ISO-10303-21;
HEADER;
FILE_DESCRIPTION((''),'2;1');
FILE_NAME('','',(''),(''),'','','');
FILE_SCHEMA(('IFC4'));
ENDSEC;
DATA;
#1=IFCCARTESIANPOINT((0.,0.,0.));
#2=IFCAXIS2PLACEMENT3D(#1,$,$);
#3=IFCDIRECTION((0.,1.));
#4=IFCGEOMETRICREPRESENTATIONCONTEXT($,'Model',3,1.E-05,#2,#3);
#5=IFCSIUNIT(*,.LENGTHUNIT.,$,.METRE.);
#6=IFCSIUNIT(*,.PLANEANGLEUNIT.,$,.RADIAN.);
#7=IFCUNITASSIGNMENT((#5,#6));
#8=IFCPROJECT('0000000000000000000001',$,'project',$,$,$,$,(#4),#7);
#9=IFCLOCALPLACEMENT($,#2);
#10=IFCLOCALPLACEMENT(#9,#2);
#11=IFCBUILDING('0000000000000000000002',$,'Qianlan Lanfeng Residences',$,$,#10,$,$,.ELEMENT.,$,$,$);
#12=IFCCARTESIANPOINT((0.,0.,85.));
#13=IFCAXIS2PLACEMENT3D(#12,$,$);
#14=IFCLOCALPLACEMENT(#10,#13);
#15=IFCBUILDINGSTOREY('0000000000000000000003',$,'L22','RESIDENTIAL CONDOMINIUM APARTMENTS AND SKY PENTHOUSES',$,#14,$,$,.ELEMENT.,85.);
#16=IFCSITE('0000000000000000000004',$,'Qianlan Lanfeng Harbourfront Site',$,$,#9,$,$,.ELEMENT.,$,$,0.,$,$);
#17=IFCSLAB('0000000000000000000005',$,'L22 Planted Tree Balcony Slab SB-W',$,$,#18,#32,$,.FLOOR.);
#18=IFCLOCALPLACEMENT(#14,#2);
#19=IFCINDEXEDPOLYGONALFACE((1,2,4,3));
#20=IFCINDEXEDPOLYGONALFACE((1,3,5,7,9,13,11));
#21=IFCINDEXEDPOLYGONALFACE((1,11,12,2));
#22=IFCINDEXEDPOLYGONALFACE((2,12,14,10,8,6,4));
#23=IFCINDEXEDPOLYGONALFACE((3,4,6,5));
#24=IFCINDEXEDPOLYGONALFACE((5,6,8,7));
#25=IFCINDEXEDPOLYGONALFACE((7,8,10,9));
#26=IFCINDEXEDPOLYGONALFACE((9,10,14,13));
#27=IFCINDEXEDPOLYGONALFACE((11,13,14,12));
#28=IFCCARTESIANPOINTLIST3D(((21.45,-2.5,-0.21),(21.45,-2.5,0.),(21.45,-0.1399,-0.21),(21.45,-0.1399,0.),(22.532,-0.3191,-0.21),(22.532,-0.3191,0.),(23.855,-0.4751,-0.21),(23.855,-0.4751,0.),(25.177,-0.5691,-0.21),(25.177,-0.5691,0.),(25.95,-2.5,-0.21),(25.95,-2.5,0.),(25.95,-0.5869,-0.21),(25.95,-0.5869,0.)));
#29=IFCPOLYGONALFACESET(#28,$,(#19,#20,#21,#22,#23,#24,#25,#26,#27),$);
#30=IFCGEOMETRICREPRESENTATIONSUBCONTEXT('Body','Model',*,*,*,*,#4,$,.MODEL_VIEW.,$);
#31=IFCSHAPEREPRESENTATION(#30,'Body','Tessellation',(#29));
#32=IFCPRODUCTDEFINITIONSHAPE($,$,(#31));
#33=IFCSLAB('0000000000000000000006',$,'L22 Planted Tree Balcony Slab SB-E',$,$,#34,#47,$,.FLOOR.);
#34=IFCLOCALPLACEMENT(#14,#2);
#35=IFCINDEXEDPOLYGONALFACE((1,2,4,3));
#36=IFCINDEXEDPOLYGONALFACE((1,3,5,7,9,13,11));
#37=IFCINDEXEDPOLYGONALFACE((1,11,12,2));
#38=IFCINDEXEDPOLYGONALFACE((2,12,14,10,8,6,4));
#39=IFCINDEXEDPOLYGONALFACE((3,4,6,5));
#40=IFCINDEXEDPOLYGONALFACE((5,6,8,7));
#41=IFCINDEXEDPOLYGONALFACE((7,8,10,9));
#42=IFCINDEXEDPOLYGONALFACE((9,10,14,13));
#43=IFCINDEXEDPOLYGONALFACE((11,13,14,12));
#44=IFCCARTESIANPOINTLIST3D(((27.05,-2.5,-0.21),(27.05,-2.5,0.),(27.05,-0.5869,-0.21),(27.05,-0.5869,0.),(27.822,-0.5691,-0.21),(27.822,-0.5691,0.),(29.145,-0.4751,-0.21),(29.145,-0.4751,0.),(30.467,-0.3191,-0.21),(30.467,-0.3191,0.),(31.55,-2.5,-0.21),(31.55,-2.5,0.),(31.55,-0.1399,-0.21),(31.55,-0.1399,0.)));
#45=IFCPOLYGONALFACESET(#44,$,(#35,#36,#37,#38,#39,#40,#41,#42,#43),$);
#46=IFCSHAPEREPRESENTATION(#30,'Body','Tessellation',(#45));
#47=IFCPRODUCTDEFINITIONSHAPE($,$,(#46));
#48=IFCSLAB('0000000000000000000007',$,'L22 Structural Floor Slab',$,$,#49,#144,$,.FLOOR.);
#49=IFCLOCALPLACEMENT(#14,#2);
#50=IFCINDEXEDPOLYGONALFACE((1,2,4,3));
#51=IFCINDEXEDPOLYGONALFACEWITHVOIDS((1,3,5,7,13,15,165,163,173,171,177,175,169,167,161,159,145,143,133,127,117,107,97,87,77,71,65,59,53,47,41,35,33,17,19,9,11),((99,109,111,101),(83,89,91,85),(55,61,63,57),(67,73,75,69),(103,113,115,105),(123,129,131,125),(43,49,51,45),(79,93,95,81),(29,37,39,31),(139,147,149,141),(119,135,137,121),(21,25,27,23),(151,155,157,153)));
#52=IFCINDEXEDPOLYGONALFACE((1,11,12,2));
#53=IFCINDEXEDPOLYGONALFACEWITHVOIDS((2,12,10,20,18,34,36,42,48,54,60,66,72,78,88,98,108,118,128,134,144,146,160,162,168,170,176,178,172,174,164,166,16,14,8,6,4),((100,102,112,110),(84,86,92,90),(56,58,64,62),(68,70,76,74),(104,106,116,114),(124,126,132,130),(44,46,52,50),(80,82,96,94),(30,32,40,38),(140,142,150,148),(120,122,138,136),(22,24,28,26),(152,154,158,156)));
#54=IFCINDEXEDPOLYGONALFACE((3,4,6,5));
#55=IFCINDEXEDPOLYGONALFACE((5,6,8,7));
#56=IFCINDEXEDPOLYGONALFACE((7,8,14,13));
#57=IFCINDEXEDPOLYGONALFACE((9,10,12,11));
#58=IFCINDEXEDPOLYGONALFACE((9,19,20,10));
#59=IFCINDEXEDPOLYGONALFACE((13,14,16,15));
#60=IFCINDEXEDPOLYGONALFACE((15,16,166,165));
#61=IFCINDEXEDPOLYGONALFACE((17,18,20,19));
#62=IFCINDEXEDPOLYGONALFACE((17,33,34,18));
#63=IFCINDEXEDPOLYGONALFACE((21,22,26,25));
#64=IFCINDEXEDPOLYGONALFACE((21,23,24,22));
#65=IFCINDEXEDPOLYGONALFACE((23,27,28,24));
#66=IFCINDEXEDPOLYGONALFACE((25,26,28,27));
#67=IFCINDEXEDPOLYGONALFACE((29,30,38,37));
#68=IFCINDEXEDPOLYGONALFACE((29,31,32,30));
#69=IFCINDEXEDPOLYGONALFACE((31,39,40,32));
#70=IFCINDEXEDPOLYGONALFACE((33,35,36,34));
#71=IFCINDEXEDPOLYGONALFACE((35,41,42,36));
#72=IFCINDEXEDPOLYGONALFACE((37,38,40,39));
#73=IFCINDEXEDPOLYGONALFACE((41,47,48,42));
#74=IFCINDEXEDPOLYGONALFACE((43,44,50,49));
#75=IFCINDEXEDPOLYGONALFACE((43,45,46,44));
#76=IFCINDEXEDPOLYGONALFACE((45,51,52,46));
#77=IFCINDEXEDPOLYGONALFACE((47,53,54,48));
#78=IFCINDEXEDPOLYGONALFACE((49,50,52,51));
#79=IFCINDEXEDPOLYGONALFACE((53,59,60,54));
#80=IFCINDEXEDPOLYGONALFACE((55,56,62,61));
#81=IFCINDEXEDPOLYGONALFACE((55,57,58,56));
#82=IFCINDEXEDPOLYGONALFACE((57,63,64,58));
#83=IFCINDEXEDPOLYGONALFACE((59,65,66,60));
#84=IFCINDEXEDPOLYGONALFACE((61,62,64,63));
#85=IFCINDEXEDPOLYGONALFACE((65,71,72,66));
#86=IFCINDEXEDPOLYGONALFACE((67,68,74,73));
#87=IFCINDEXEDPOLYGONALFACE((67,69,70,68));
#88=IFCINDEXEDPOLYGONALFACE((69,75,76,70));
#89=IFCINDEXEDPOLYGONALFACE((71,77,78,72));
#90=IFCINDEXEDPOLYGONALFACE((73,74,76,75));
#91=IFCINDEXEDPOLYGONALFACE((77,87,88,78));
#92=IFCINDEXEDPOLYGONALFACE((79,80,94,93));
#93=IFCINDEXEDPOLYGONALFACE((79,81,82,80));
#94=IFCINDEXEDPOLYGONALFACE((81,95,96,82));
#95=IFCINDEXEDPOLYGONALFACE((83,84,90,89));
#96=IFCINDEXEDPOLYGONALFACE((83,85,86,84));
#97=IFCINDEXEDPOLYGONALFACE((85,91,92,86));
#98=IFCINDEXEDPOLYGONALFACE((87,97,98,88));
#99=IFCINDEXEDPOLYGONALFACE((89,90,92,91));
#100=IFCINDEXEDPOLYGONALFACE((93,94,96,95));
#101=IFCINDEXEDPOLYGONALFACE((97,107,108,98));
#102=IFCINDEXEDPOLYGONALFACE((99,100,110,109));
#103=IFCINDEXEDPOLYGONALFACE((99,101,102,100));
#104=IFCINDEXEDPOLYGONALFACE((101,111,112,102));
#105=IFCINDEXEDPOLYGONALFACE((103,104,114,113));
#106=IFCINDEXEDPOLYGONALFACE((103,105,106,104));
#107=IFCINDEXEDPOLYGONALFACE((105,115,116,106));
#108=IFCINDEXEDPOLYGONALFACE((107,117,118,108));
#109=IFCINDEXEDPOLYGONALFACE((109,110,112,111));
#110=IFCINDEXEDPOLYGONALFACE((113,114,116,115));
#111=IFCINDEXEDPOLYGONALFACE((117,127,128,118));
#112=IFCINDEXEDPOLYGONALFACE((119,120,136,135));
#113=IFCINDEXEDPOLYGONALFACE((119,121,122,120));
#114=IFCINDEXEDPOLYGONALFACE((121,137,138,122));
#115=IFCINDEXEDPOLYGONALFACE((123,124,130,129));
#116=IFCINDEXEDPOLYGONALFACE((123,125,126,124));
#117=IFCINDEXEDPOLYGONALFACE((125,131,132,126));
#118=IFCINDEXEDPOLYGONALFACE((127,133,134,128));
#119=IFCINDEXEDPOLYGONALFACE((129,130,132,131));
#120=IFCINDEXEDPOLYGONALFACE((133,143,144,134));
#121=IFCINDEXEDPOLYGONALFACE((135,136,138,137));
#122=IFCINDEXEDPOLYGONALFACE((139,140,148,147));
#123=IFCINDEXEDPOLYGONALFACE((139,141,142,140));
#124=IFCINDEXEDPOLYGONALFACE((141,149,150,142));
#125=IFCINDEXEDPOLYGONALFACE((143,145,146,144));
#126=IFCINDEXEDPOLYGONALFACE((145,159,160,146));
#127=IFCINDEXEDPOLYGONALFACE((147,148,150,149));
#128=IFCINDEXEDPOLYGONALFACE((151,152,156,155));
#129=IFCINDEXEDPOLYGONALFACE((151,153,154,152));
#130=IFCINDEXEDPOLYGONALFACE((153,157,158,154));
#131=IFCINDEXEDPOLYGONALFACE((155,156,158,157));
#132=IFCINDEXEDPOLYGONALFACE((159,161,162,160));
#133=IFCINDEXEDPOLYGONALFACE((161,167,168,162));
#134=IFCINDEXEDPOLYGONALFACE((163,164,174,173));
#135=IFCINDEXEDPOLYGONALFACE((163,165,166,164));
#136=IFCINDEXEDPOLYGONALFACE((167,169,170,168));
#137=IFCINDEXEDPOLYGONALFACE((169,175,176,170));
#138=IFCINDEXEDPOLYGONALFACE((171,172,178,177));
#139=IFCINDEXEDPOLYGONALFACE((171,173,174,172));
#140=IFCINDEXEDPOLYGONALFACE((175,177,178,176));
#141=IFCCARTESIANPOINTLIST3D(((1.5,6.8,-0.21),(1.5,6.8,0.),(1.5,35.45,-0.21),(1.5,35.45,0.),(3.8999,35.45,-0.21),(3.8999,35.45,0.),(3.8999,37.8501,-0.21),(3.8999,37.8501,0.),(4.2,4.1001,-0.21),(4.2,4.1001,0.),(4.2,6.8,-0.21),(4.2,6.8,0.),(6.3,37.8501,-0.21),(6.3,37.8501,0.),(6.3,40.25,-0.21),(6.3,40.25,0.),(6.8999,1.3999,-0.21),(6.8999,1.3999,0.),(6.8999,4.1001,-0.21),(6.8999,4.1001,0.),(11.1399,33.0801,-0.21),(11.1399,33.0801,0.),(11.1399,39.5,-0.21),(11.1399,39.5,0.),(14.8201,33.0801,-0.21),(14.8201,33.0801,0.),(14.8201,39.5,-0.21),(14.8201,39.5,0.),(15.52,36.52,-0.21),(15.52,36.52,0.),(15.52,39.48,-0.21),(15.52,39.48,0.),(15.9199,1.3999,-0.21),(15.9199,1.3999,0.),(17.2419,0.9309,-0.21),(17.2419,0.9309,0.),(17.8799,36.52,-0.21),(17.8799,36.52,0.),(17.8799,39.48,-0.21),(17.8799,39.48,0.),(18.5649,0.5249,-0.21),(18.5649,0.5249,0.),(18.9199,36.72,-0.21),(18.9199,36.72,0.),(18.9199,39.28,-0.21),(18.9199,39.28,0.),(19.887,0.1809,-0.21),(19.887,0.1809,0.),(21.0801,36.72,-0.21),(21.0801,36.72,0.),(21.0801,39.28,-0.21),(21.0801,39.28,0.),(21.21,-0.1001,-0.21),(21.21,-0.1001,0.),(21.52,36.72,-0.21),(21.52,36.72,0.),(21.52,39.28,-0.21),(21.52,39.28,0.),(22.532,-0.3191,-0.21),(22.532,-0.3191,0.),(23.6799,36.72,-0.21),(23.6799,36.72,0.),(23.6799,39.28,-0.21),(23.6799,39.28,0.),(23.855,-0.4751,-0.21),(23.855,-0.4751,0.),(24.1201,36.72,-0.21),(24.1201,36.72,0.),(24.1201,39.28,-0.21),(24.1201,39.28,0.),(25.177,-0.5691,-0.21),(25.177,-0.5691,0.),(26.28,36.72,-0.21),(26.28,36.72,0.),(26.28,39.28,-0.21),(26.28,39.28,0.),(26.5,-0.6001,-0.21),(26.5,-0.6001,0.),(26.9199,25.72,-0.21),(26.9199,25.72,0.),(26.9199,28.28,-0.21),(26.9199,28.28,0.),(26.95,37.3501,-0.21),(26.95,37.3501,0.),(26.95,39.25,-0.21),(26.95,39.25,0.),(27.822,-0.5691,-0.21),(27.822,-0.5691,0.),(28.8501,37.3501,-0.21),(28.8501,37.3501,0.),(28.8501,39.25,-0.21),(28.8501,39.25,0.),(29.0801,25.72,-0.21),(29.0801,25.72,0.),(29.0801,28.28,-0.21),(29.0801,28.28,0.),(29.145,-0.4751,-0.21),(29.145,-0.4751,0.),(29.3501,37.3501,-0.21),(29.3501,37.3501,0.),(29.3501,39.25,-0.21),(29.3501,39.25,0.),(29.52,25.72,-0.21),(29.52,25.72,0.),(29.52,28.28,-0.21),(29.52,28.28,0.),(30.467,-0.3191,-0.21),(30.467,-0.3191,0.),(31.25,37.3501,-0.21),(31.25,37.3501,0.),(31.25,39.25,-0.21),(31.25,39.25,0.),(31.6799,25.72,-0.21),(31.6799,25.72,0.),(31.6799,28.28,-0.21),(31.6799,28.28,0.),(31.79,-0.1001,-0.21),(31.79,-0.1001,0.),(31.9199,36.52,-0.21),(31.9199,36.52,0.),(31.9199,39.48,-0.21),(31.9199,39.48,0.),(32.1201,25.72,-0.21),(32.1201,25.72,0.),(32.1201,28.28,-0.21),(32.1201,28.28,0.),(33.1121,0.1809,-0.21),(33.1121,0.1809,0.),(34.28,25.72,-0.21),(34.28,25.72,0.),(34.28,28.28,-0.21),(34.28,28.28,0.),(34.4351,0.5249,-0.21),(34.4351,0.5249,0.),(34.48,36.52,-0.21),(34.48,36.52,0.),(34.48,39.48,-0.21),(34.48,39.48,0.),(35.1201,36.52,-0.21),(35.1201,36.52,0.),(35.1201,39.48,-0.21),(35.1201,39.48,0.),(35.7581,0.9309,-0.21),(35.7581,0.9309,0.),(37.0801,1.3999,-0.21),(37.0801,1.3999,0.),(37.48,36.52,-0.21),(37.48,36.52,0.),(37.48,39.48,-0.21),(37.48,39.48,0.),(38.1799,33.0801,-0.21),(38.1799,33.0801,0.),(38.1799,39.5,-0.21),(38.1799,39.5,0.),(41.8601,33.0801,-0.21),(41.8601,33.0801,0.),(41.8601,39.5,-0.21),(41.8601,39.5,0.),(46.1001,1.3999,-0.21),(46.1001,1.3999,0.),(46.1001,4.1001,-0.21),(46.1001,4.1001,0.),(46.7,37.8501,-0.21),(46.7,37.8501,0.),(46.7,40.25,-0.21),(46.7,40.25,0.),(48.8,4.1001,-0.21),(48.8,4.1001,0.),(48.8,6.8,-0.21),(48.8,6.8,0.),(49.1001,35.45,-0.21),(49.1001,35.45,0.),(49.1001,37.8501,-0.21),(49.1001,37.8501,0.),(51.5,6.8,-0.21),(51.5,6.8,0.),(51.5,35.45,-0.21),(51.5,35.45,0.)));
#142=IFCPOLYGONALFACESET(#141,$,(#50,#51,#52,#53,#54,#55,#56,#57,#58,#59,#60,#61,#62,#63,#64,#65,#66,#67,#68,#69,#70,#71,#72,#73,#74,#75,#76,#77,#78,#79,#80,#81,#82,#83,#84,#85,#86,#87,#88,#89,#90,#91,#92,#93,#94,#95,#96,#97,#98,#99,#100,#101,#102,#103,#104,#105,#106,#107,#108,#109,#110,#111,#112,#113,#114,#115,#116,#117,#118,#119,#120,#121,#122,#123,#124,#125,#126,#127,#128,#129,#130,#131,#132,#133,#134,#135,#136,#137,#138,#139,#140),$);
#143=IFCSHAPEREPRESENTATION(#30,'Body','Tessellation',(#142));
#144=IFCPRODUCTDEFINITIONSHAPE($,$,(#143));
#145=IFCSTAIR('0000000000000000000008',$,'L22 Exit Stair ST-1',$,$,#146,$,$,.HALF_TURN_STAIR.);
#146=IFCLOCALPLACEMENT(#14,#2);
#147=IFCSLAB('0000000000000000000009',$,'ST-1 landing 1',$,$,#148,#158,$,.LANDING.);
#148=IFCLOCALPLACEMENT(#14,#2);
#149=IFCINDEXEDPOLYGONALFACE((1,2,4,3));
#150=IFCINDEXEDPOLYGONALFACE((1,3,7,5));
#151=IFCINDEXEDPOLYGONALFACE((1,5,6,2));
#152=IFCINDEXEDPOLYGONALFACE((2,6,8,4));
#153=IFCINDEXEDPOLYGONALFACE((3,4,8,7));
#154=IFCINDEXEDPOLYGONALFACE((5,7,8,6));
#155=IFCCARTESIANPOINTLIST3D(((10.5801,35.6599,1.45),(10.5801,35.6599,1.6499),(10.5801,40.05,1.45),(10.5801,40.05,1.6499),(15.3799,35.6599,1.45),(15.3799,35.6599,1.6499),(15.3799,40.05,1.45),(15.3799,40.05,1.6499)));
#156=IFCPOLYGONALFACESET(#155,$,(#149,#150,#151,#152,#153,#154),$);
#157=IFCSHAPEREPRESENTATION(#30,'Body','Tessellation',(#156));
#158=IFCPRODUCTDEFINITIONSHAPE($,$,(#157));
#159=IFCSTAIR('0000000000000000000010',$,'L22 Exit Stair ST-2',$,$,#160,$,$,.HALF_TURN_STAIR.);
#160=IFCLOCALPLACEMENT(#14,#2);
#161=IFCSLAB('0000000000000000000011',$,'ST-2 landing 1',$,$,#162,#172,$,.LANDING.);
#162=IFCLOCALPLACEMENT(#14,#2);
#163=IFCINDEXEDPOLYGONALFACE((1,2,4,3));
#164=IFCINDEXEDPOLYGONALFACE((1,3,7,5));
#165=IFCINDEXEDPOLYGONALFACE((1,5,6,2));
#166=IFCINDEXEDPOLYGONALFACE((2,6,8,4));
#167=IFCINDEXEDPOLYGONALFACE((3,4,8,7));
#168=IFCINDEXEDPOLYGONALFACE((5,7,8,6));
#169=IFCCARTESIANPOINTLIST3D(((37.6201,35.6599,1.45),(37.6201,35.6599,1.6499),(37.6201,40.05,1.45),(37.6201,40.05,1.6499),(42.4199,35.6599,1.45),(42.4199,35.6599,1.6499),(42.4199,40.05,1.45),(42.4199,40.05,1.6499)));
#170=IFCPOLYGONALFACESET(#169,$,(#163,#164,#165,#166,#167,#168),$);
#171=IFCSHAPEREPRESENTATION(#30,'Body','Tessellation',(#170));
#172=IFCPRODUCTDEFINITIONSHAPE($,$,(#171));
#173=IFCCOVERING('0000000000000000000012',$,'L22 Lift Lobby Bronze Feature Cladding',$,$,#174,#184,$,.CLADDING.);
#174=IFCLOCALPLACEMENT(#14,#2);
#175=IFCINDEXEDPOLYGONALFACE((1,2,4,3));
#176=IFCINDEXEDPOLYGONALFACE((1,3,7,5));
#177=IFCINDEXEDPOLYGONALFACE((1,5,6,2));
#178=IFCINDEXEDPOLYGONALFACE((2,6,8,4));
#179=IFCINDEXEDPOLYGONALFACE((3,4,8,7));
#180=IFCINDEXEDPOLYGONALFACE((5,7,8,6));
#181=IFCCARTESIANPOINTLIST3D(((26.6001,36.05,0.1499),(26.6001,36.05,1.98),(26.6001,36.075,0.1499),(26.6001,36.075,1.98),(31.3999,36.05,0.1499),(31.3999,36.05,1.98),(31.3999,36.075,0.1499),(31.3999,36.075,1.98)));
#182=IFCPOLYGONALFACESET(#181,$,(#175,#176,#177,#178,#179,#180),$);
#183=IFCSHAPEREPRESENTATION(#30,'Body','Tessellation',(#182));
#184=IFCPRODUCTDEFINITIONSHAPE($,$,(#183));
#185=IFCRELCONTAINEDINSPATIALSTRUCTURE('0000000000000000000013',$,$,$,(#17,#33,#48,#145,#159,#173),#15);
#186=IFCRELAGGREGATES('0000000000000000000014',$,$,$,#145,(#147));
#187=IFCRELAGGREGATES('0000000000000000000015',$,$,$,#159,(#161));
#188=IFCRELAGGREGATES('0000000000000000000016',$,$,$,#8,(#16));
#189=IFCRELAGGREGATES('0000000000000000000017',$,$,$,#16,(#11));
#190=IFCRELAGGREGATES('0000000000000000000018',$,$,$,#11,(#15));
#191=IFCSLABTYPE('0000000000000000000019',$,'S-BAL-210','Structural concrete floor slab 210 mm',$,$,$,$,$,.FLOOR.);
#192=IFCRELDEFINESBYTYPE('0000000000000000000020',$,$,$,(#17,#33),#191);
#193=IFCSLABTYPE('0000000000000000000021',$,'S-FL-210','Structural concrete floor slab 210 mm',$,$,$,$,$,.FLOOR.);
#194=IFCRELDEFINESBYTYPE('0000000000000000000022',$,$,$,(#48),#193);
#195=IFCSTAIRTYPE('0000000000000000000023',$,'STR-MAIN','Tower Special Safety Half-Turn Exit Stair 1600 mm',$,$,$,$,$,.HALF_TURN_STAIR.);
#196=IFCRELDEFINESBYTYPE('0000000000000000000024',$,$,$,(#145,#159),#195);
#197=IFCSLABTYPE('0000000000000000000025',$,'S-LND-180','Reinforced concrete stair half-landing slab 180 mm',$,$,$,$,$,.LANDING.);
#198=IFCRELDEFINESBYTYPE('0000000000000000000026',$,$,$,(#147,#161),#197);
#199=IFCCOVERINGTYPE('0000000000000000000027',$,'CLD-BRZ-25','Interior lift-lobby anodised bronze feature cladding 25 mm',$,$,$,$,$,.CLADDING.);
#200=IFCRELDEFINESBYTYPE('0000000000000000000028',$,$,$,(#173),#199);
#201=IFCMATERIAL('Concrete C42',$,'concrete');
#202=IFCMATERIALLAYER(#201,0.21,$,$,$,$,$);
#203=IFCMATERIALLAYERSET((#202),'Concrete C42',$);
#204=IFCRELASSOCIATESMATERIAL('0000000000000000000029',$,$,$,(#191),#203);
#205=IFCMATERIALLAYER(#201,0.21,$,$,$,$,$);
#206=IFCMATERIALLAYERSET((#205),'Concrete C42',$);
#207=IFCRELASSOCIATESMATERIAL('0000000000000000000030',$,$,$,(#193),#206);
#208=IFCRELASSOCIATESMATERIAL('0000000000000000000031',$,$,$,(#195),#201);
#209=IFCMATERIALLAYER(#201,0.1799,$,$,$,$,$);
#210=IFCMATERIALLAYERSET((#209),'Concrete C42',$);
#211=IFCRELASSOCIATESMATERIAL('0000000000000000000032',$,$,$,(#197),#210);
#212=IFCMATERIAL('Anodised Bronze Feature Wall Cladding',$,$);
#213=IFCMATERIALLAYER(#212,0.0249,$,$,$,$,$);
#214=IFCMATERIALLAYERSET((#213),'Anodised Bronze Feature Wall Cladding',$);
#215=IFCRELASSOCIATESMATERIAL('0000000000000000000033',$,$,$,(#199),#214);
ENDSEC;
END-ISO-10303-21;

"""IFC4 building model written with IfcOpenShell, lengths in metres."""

from ifc_helpers import new_model, si_unit, direction, frame, origin, place, context, subcontext, project, spatial, polyline, outline, extrude, material, layer, layer_set, type_object, element, aggregate, save


model = new_model("IFC4")

# Units and contexts
model_context = context("Model", 3, precision=1e-05, world=origin(), true_north=direction((0.0, 1.0)))
body_context = subcontext(model_context, "Body", "Model", "MODEL_VIEW")
ifc_project = project(units=[si_unit("LENGTHUNIT", "METRE"), si_unit("PLANEANGLEUNIT", "RADIAN")], contexts=[model_context])

# Site, building, storey
site_placement = place(None, origin())
site = spatial("IfcSite", under=ifc_project, at=site_placement, Name="Qianlan Lanfeng Harbourfront Site", CompositionType="ELEMENT", RefElevation=0.0)
building_placement = place(site_placement, origin())
building = spatial("IfcBuilding", under=site, at=building_placement, Name="Qianlan Lanfeng Residences", CompositionType="ELEMENT")
storey_placement = place(building_placement, frame((0.0, 0.0, 85.0)))
storey = spatial("IfcBuildingStorey", under=building, at=storey_placement, Name="L22", Description="RESIDENTIAL CONDOMINIUM APARTMENTS AND SKY PENTHOUSES", CompositionType="ELEMENT", Elevation=85.0)

# Slabs
ifc_material_1 = material(Name="Concrete C42", Category="concrete")
ifc_layer_1 = layer(ifc_material_1, 0.21)
ifc_layer_set_1 = layer_set([ifc_layer_1], Name="Concrete C42")
slab_type_1 = type_object("IfcSlabType", Name="S-BAL-210", Description="Structural concrete floor slab 210 mm", PredefinedType="FLOOR", material=ifc_layer_set_1)
slab_1_placement = place(storey_placement, frame((0.0, 0.0, -0.21)))
element("IfcSlab", 1, at=slab_1_placement, inside=storey, type_object=slab_type_1, Name="L22 Planted Tree Balcony Slab SB-W", PredefinedType="FLOOR", context=body_context, shape_type="SweptSolid", body=[
    extrude(outline(polyline([(25.95, -0.5869), (25.177, -0.5691), (23.855, -0.4751), (22.532, -0.3191), (21.45, -0.1399), (21.45, -2.5), (25.95, -2.5), (25.95, -0.5869)])), origin(), (0.0, 0.0, 1.0), 0.21),
])
slab_2_placement = place(storey_placement, frame((0.0, 0.0, -0.21)))
element("IfcSlab", 2, at=slab_2_placement, inside=storey, type_object=slab_type_1, Name="L22 Planted Tree Balcony Slab SB-E", PredefinedType="FLOOR", context=body_context, shape_type="SweptSolid", body=[
    extrude(outline(polyline([(31.55, -0.1399), (30.467, -0.3191), (29.145, -0.4751), (27.822, -0.5691), (27.05, -0.5869), (27.05, -2.5), (31.55, -2.5), (31.55, -0.1399)])), origin(), (0.0, 0.0, 1.0), 0.21),
])
ifc_layer_2 = layer(ifc_material_1, 0.21)
ifc_layer_set_2 = layer_set([ifc_layer_2], Name="Concrete C42")
slab_type_2 = type_object("IfcSlabType", Name="S-FL-210", Description="Structural concrete floor slab 210 mm", PredefinedType="FLOOR", material=ifc_layer_set_2)
slab_3_placement = place(storey_placement, frame((0.0, 0.0, -0.21)))
element("IfcSlab", 3, at=slab_3_placement, inside=storey, type_object=slab_type_2, Name="L22 Structural Floor Slab", PredefinedType="FLOOR", context=body_context, shape_type="SweptSolid", body=[
    extrude(outline(polyline([(1.5, 6.8), (4.2, 6.8), (4.2, 4.1001), (6.8999, 4.1001), (6.8999, 1.3999), (15.9199, 1.3999), (17.2419, 0.9309), (18.5649, 0.5249), (19.887, 0.1809), (21.21, -0.1001), (22.532, -0.3191), (23.855, -0.4751), (25.177, -0.5691), (26.5, -0.6001), (27.822, -0.5691), (29.145, -0.4751), (30.467, -0.3191), (31.79, -0.1001), (33.1121, 0.1809), (34.4351, 0.5249), (35.7581, 0.9309), (37.0801, 1.3999), (46.1001, 1.3999), (46.1001, 4.1001), (48.8, 4.1001), (48.8, 6.8), (51.5, 6.8), (51.5, 35.45), (49.1001, 35.45), (49.1001, 37.8501), (46.7, 37.8501), (46.7, 40.25), (6.3, 40.25), (6.3, 37.8501), (3.8999, 37.8501), (3.8999, 35.45), (1.5, 35.45), (1.5, 6.8)]), holes=[polyline([(11.1399, 33.0801), (11.1399, 39.5), (14.8201, 39.5), (14.8201, 33.0801), (11.1399, 33.0801)]), polyline([(38.1799, 33.0801), (38.1799, 39.5), (41.8601, 39.5), (41.8601, 33.0801), (38.1799, 33.0801)]), polyline([(15.52, 36.52), (15.52, 39.48), (17.8799, 39.48), (17.8799, 36.52), (15.52, 36.52)]), polyline([(35.1201, 36.52), (35.1201, 39.48), (37.48, 39.48), (37.48, 36.52), (35.1201, 36.52)]), polyline([(31.9199, 36.52), (31.9199, 39.48), (34.48, 39.48), (34.48, 36.52), (31.9199, 36.52)]), polyline([(26.9199, 25.72), (26.9199, 28.28), (29.0801, 28.28), (29.0801, 25.72), (26.9199, 25.72)]), polyline([(29.52, 25.72), (29.52, 28.28), (31.6799, 28.28), (31.6799, 25.72), (29.52, 25.72)]), polyline([(32.1201, 25.72), (32.1201, 28.28), (34.28, 28.28), (34.28, 25.72), (32.1201, 25.72)]), polyline([(18.9199, 36.72), (18.9199, 39.28), (21.0801, 39.28), (21.0801, 36.72), (18.9199, 36.72)]), polyline([(21.52, 36.72), (21.52, 39.28), (23.6799, 39.28), (23.6799, 36.72), (21.52, 36.72)]), polyline([(24.1201, 36.72), (24.1201, 39.28), (26.28, 39.28), (26.28, 36.72), (24.1201, 36.72)]), polyline([(26.95, 37.3501), (26.95, 39.25), (28.8501, 39.25), (28.8501, 37.3501), (26.95, 37.3501)]), polyline([(29.3501, 37.3501), (29.3501, 39.25), (31.25, 39.25), (31.25, 37.3501), (29.3501, 37.3501)])]), origin(), (0.0, 0.0, 1.0), 0.21),
])

# Stairs, slabs
stair_type = type_object("IfcStairType", Name="STR-MAIN", Description="Tower Special Safety Half-Turn Exit Stair 1600 mm", PredefinedType="HALF_TURN_STAIR", material=ifc_material_1)
stair_1_placement = place(storey_placement, origin())
stair_1 = element("IfcStair", 4, at=stair_1_placement, inside=storey, type_object=stair_type, Name="L22 Exit Stair ST-1", PredefinedType="HALF_TURN_STAIR")
ifc_layer_3 = layer(ifc_material_1, 0.1799)
ifc_layer_set_3 = layer_set([ifc_layer_3], Name="Concrete C42")
slab_type_3 = type_object("IfcSlabType", Name="S-LND-180", Description="Reinforced concrete stair half-landing slab 180 mm", PredefinedType="LANDING", material=ifc_layer_set_3)
slab_4_placement = place(storey_placement, frame((0.0, 0.0, 1.45)))
slab_4 = element("IfcSlab", 5, at=slab_4_placement, type_object=slab_type_3, Name="ST-1 landing 1", PredefinedType="LANDING", context=body_context, shape_type="SweptSolid", body=[
    extrude(outline(polyline([(10.5801, 35.6599), (15.3799, 35.6599), (15.3799, 40.05), (10.5801, 40.05), (10.5801, 35.6599)])), origin(), (0.0, 0.0, 1.0), 0.2),
])
aggregate(stair_1, [slab_4])
stair_2_placement = place(storey_placement, origin())
stair_2 = element("IfcStair", 6, at=stair_2_placement, inside=storey, type_object=stair_type, Name="L22 Exit Stair ST-2", PredefinedType="HALF_TURN_STAIR")
slab_5_placement = place(storey_placement, frame((0.0, 0.0, 1.45)))
slab_5 = element("IfcSlab", 7, at=slab_5_placement, type_object=slab_type_3, Name="ST-2 landing 1", PredefinedType="LANDING", context=body_context, shape_type="SweptSolid", body=[
    extrude(outline(polyline([(37.6201, 35.6599), (42.4199, 35.6599), (42.4199, 40.05), (37.6201, 40.05), (37.6201, 35.6599)])), origin(), (0.0, 0.0, 1.0), 0.2),
])
aggregate(stair_2, [slab_5])

# Covering
ifc_material_2 = material(Name="Anodised Bronze Feature Wall Cladding")
ifc_layer_4 = layer(ifc_material_2, 0.0249)
ifc_layer_set_4 = layer_set([ifc_layer_4], Name="Anodised Bronze Feature Wall Cladding")
covering_type_1 = type_object("IfcCoveringType", Name="CLD-BRZ-25", Description="Interior lift-lobby anodised bronze feature cladding 25 mm", PredefinedType="CLADDING", material=ifc_layer_set_4)
covering_1_placement = place(storey_placement, frame((0.0, 0.0, 0.1499)))
element("IfcCovering", 8, at=covering_1_placement, inside=storey, type_object=covering_type_1, Name="L22 Lift Lobby Bronze Feature Cladding", PredefinedType="CLADDING", context=body_context, shape_type="SweptSolid", body=[
    extrude(outline(polyline([(26.6001, 36.05), (31.3999, 36.05), (31.3999, 36.075), (26.6001, 36.075), (26.6001, 36.05)])), origin(), (0.0, 0.0, 1.0), 1.8301),
])

save(model, "model.ifc")
